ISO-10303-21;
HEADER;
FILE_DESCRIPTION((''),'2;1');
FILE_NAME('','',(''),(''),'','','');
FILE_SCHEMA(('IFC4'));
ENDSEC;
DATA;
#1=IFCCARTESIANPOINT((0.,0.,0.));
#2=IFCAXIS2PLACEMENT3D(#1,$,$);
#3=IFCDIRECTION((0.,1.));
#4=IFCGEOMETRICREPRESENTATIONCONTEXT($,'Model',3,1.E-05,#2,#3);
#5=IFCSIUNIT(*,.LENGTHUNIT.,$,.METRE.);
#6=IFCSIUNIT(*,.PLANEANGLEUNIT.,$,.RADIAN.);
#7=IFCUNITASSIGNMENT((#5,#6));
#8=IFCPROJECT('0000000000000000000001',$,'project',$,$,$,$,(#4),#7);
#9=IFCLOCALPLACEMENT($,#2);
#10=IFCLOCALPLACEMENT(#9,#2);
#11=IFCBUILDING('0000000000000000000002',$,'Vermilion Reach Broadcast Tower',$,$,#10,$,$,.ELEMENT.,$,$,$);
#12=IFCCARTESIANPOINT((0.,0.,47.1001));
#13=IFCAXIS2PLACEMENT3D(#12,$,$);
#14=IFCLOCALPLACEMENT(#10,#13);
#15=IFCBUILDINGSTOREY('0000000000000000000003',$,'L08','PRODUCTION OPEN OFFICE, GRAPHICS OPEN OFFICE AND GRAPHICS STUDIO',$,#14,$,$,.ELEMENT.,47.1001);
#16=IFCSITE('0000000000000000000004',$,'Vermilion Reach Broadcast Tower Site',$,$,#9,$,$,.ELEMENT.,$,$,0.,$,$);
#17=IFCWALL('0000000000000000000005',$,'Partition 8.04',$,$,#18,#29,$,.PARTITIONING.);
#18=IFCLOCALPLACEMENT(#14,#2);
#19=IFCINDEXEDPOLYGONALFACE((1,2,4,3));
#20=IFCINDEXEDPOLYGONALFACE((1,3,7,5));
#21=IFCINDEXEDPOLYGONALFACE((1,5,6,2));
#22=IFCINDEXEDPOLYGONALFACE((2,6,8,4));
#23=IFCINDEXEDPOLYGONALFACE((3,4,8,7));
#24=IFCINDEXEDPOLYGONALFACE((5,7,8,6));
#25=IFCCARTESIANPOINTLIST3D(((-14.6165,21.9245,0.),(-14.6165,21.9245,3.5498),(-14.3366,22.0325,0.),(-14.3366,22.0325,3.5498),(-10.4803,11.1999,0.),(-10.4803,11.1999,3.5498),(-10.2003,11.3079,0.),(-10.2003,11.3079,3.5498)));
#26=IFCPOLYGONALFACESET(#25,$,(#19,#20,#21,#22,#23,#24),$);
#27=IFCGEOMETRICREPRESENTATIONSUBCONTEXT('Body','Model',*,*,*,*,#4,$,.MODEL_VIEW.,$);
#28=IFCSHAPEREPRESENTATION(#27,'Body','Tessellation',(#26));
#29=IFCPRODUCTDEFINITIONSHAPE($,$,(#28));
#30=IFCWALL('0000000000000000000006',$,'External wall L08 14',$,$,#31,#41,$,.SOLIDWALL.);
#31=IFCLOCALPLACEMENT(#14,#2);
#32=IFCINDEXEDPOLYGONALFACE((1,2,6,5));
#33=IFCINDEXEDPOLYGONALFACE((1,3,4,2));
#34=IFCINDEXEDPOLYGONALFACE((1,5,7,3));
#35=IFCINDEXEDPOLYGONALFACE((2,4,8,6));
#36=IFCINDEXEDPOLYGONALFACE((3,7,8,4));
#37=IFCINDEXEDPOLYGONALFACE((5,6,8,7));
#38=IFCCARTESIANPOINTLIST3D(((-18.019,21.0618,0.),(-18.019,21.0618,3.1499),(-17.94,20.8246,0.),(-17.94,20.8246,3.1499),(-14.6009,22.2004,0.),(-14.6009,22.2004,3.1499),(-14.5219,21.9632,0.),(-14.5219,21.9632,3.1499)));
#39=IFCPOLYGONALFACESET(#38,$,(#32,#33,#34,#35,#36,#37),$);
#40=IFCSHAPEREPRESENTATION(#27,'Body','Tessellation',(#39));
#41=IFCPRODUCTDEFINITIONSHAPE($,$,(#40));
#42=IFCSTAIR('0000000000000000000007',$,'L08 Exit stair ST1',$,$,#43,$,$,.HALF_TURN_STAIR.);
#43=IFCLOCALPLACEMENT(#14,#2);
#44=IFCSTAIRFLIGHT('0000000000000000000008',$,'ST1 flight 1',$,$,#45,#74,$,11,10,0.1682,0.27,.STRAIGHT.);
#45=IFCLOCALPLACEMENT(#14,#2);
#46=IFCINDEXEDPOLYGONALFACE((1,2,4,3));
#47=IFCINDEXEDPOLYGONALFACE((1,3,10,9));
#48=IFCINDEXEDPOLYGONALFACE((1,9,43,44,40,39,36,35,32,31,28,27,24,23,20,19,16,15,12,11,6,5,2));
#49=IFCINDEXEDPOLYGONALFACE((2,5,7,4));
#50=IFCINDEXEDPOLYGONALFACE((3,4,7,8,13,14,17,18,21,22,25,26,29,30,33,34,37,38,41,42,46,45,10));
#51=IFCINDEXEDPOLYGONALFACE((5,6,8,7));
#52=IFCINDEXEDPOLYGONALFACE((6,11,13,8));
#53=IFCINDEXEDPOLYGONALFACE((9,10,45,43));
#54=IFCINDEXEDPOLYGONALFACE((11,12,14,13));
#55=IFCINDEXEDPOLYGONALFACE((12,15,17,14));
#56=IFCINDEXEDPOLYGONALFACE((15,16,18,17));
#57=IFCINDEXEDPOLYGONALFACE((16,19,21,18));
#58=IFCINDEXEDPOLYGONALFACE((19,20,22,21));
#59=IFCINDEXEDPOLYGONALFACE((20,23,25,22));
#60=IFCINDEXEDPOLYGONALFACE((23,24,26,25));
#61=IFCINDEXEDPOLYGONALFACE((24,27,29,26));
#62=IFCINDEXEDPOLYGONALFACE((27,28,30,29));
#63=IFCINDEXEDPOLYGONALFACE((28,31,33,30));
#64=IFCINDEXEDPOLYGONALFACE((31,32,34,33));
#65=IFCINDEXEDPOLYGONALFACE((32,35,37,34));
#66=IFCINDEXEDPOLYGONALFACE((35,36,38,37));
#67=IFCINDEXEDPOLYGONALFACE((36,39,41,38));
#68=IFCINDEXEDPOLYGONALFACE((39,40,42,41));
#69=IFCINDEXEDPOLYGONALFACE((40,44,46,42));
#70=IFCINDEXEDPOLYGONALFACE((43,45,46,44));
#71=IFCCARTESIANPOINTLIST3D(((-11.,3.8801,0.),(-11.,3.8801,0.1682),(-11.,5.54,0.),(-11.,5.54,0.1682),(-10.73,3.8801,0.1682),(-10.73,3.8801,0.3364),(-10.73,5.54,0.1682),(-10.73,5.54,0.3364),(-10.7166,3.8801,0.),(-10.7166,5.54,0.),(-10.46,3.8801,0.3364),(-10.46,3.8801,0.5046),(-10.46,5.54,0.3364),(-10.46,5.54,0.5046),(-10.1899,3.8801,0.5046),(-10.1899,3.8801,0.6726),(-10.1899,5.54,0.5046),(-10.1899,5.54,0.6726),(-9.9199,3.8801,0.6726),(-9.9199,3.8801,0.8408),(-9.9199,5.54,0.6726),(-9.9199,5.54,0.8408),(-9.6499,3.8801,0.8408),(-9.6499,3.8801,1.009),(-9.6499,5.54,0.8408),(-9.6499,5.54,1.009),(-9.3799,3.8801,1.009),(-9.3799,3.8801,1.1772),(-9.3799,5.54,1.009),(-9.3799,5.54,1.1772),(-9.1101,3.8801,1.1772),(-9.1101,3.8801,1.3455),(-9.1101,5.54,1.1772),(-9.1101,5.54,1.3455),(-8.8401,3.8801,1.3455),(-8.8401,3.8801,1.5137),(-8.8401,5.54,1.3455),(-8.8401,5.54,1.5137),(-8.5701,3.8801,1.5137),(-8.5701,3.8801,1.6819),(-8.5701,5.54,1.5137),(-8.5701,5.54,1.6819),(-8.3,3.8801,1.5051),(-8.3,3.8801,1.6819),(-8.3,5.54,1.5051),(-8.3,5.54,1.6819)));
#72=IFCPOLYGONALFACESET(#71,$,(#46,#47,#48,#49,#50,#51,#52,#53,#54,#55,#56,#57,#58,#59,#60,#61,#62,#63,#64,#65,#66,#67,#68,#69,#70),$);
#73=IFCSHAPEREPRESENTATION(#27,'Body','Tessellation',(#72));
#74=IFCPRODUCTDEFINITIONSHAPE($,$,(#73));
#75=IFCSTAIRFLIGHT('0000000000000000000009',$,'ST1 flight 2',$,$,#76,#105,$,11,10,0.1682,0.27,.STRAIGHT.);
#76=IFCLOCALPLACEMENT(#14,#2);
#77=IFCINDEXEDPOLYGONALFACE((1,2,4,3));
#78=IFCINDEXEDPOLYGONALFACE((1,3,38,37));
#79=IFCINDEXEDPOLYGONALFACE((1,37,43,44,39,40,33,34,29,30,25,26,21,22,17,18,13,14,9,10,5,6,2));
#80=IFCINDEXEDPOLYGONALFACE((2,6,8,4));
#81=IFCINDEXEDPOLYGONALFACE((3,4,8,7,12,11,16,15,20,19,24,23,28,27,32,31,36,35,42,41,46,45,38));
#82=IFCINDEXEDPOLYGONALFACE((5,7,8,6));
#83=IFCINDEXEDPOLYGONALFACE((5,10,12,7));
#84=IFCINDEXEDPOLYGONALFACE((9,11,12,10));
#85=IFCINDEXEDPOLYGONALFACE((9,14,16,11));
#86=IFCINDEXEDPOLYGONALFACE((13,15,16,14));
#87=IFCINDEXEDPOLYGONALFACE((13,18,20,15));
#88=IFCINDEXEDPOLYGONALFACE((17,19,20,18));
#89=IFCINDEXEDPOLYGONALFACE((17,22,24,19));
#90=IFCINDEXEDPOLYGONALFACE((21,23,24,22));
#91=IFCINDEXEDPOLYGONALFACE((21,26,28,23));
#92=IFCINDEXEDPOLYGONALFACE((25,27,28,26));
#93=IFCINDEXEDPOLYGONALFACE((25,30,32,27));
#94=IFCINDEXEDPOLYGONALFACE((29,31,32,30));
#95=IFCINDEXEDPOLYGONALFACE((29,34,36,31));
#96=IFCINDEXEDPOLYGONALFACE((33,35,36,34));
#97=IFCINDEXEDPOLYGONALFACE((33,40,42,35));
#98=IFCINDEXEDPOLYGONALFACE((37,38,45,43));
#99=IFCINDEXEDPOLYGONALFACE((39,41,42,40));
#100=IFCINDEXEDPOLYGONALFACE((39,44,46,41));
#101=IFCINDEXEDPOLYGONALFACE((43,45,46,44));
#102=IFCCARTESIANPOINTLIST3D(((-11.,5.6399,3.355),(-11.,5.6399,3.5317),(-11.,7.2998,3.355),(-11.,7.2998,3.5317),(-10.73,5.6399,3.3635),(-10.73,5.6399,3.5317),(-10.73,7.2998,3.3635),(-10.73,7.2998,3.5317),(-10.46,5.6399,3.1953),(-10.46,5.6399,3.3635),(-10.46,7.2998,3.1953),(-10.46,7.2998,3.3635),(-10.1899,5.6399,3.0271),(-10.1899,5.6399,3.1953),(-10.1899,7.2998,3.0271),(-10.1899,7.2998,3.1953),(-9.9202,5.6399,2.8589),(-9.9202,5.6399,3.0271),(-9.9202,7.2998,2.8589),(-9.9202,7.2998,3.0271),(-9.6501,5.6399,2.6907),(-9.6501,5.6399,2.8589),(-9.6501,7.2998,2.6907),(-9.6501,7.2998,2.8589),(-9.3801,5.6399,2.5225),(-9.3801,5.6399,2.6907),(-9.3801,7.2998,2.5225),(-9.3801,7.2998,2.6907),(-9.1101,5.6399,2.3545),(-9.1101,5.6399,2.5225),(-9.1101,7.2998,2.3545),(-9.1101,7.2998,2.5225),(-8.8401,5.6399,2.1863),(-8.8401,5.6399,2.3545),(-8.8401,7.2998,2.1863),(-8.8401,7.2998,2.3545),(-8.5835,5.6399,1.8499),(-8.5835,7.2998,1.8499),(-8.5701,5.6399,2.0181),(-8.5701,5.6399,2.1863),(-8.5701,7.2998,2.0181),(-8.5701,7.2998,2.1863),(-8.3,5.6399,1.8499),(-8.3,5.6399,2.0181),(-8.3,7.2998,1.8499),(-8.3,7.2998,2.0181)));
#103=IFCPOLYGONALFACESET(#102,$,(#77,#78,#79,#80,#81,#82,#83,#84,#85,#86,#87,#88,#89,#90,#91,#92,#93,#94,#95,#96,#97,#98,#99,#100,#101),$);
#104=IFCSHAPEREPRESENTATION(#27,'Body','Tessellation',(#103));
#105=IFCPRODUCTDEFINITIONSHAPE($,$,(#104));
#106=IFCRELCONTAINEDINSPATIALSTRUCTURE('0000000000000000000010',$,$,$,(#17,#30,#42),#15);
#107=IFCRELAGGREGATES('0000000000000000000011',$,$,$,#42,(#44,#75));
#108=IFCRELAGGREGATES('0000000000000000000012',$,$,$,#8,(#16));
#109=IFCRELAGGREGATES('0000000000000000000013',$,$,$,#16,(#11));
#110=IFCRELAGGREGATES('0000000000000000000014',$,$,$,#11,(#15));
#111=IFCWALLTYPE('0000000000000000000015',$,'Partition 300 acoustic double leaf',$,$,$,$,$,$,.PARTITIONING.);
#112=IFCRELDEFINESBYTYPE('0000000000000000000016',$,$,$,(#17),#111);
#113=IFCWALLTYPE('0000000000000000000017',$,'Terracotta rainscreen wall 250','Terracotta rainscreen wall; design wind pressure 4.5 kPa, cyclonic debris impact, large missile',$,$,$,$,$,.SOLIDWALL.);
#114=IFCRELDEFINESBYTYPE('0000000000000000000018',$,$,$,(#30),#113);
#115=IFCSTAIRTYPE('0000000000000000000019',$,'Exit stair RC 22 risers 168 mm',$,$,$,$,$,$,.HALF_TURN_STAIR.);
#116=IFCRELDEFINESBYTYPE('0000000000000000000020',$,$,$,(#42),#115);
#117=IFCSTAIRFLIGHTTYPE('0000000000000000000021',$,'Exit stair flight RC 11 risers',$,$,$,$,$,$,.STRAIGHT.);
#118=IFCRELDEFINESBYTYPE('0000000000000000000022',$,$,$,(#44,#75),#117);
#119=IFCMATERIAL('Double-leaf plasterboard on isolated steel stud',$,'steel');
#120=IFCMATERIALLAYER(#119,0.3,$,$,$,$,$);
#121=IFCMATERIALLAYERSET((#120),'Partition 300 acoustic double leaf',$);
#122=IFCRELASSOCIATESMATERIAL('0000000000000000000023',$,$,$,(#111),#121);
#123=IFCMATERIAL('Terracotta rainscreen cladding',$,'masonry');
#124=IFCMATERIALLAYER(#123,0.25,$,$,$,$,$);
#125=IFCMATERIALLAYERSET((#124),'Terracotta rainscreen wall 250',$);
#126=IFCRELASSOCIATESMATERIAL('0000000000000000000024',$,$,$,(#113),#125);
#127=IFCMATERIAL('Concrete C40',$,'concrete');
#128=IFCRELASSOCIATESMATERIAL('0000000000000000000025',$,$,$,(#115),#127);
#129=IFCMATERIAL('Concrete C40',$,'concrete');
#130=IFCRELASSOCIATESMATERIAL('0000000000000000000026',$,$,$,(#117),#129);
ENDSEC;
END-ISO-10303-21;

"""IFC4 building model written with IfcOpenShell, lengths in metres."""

from ifc_helpers import new_model, si_unit, direction, frame, frame_2d, origin, place, context, subcontext, project, spatial, polyline, rectangle, outline, extrude, material, layer, layer_set, type_object, element, aggregate, save


model = new_model("IFC4")

# Units and contexts
model_context = context("Model", 3, precision=1e-05, world=origin(), true_north=direction((0.0, 1.0)))
body_context = subcontext(model_context, "Body", "Model", "MODEL_VIEW")
ifc_project = project(units=[si_unit("LENGTHUNIT", "METRE"), si_unit("PLANEANGLEUNIT", "RADIAN")], contexts=[model_context])

# Site, building, storey
site_placement = place(None, origin())
site = spatial("IfcSite", under=ifc_project, at=site_placement, Name="Vermilion Reach Broadcast Tower Site", CompositionType="ELEMENT", RefElevation=0.0)
building_placement = place(site_placement, origin())
building = spatial("IfcBuilding", under=site, at=building_placement, Name="Vermilion Reach Broadcast Tower", CompositionType="ELEMENT")
storey_placement = place(building_placement, frame((0.0, 0.0, 47.1001)))
storey = spatial("IfcBuildingStorey", under=building, at=storey_placement, Name="L08", Description="PRODUCTION OPEN OFFICE, GRAPHICS OPEN OFFICE AND GRAPHICS STUDIO", CompositionType="ELEMENT", Elevation=47.1001)

# Shared definitions
placement = place(storey_placement, origin())

# Walls
ifc_material_1 = material(Name="Double-leaf plasterboard on isolated steel stud", Category="steel")
ifc_layer_1 = layer(ifc_material_1, 0.3)
ifc_layer_set_1 = layer_set([ifc_layer_1], Name="Partition 300 acoustic double leaf")
wall_type_1 = type_object("IfcWallType", Name="Partition 300 acoustic double leaf", PredefinedType="PARTITIONING", material=ifc_layer_set_1)
wall_1_placement = place(storey_placement, frame((-14.4766, 21.9785, 0.0), z_axis=(0.0, 0.0, 1.0), x_axis=(0.359841, -0.933013, 0.0)))
element("IfcWall", 1, at=wall_1_placement, inside=storey, type_object=wall_type_1, Name="Partition 8.04", PredefinedType="PARTITIONING", context=body_context, shape_type="SweptSolid", body=[
    extrude(rectangle(XDim=11.4946, YDim=0.3, at=frame_2d((5.7473, 0.0))), origin(), (0.0, 0.0, 1.0), 3.5498),
])
ifc_material_2 = material(Name="Terracotta rainscreen cladding", Category="masonry")
ifc_layer_2 = layer(ifc_material_2, 0.25)
ifc_layer_set_2 = layer_set([ifc_layer_2], Name="Terracotta rainscreen wall 250")
wall_type_2 = type_object("IfcWallType", Name="Terracotta rainscreen wall 250", Description="Terracotta rainscreen wall; design wind pressure 4.5 kPa, cyclonic debris impact, large missile", PredefinedType="SOLIDWALL", material=ifc_layer_set_2)
wall_2_placement = place(storey_placement, frame((-14.5615, 22.0818, 0.0), z_axis=(0.0, 0.0, 1.0), x_axis=(-0.948744, -0.316045, 0.0)))
element("IfcWall", 2, at=wall_2_placement, inside=storey, type_object=wall_type_2, Name="External wall L08 14", PredefinedType="SOLIDWALL", context=body_context, shape_type="SweptSolid", body=[
    extrude(rectangle(XDim=3.6028, YDim=0.25, at=frame_2d((1.8013, 0.0))), origin(), (0.0, 0.0, 1.0), 3.1499),
])

# Stair, stair flights
ifc_material_3 = material(Name="Concrete C40", Category="concrete")
stair_type = type_object("IfcStairType", Name="Exit stair RC 22 risers 168 mm", PredefinedType="HALF_TURN_STAIR", material=ifc_material_3)
stair = element("IfcStair", 3, at=placement, inside=storey, type_object=stair_type, Name="L08 Exit stair ST1", PredefinedType="HALF_TURN_STAIR")
ifc_material_4 = material(Name="Concrete C40", Category="concrete")
stair_flight_type = type_object("IfcStairFlightType", Name="Exit stair flight RC 11 risers", PredefinedType="STRAIGHT", material=ifc_material_4)
stair_flight_1_placement = place(storey_placement, frame((-11.0, 4.71, 0.0), z_axis=(0.0, 0.0, 1.0), x_axis=(1.0, 0.0, 0.0)))
stair_flight_1 = element("IfcStairFlight", 4, at=stair_flight_1_placement, type_object=stair_flight_type, Name="ST1 flight 1", NumberOfRisers=11, NumberOfTreads=10, PredefinedType="STRAIGHT", RiserHeight=0.1682, TreadLength=0.27, context=body_context, shape_type="SweptSolid", body=[
    extrude(outline(polyline([(0.0, 0.0), (0.0, 0.1682), (0.27, 0.1682), (0.27, 0.3364), (0.54, 0.3364), (0.54, 0.5046), (0.8101, 0.5046), (0.8101, 0.6726), (1.0801, 0.6726), (1.0801, 0.8408), (1.3501, 0.8408), (1.3501, 1.009), (1.6201, 1.009), (1.6201, 1.1772), (1.8899, 1.1772), (1.8899, 1.3455), (2.1599, 1.3455), (2.1599, 1.5137), (2.4299, 1.5137), (2.4299, 1.6819), (2.7, 1.6819), (2.7, 1.8501), (2.7, 1.5051), (0.2834, 0.0), (0.0, 0.0)])), frame((0.0, 0.8301, 0.0), z_axis=(0.0, -1.0, 0.0), x_axis=(1.0, 0.0, 0.0)), (0.0, 0.0, 1.0), 1.6599),
])
stair_flight_2_placement = place(storey_placement, frame((-8.3, 6.47, 1.8499), z_axis=(0.0, 0.0, 1.0), x_axis=(-1.0, 0.0, 0.0)))
stair_flight_2 = element("IfcStairFlight", 5, at=stair_flight_2_placement, type_object=stair_flight_type, Name="ST1 flight 2", NumberOfRisers=11, NumberOfTreads=10, PredefinedType="STRAIGHT", RiserHeight=0.1682, TreadLength=0.27, context=body_context, shape_type="SweptSolid", body=[
    extrude(outline(polyline([(0.0, 0.0), (0.0, 0.1682), (0.27, 0.1682), (0.27, 0.3364), (0.54, 0.3364), (0.54, 0.5046), (0.8101, 0.5046), (0.8101, 0.6726), (1.0801, 0.6726), (1.0801, 0.8408), (1.3501, 0.8408), (1.3501, 1.009), (1.6201, 1.009), (1.6201, 1.1772), (1.8899, 1.1772), (1.8899, 1.3455), (2.1599, 1.3455), (2.1599, 1.5137), (2.4299, 1.5137), (2.4299, 1.6819), (2.7, 1.6819), (2.7, 1.8501), (2.7, 1.5051), (0.2834, 0.0), (0.0, 0.0)])), frame((0.0, 0.8301, 0.0), z_axis=(0.0, -1.0, 0.0), x_axis=(1.0, 0.0, 0.0)), (0.0, 0.0, 1.0), 1.6599),
])
aggregate(stair, [stair_flight_1, stair_flight_2])

save(model, "model.ifc")
